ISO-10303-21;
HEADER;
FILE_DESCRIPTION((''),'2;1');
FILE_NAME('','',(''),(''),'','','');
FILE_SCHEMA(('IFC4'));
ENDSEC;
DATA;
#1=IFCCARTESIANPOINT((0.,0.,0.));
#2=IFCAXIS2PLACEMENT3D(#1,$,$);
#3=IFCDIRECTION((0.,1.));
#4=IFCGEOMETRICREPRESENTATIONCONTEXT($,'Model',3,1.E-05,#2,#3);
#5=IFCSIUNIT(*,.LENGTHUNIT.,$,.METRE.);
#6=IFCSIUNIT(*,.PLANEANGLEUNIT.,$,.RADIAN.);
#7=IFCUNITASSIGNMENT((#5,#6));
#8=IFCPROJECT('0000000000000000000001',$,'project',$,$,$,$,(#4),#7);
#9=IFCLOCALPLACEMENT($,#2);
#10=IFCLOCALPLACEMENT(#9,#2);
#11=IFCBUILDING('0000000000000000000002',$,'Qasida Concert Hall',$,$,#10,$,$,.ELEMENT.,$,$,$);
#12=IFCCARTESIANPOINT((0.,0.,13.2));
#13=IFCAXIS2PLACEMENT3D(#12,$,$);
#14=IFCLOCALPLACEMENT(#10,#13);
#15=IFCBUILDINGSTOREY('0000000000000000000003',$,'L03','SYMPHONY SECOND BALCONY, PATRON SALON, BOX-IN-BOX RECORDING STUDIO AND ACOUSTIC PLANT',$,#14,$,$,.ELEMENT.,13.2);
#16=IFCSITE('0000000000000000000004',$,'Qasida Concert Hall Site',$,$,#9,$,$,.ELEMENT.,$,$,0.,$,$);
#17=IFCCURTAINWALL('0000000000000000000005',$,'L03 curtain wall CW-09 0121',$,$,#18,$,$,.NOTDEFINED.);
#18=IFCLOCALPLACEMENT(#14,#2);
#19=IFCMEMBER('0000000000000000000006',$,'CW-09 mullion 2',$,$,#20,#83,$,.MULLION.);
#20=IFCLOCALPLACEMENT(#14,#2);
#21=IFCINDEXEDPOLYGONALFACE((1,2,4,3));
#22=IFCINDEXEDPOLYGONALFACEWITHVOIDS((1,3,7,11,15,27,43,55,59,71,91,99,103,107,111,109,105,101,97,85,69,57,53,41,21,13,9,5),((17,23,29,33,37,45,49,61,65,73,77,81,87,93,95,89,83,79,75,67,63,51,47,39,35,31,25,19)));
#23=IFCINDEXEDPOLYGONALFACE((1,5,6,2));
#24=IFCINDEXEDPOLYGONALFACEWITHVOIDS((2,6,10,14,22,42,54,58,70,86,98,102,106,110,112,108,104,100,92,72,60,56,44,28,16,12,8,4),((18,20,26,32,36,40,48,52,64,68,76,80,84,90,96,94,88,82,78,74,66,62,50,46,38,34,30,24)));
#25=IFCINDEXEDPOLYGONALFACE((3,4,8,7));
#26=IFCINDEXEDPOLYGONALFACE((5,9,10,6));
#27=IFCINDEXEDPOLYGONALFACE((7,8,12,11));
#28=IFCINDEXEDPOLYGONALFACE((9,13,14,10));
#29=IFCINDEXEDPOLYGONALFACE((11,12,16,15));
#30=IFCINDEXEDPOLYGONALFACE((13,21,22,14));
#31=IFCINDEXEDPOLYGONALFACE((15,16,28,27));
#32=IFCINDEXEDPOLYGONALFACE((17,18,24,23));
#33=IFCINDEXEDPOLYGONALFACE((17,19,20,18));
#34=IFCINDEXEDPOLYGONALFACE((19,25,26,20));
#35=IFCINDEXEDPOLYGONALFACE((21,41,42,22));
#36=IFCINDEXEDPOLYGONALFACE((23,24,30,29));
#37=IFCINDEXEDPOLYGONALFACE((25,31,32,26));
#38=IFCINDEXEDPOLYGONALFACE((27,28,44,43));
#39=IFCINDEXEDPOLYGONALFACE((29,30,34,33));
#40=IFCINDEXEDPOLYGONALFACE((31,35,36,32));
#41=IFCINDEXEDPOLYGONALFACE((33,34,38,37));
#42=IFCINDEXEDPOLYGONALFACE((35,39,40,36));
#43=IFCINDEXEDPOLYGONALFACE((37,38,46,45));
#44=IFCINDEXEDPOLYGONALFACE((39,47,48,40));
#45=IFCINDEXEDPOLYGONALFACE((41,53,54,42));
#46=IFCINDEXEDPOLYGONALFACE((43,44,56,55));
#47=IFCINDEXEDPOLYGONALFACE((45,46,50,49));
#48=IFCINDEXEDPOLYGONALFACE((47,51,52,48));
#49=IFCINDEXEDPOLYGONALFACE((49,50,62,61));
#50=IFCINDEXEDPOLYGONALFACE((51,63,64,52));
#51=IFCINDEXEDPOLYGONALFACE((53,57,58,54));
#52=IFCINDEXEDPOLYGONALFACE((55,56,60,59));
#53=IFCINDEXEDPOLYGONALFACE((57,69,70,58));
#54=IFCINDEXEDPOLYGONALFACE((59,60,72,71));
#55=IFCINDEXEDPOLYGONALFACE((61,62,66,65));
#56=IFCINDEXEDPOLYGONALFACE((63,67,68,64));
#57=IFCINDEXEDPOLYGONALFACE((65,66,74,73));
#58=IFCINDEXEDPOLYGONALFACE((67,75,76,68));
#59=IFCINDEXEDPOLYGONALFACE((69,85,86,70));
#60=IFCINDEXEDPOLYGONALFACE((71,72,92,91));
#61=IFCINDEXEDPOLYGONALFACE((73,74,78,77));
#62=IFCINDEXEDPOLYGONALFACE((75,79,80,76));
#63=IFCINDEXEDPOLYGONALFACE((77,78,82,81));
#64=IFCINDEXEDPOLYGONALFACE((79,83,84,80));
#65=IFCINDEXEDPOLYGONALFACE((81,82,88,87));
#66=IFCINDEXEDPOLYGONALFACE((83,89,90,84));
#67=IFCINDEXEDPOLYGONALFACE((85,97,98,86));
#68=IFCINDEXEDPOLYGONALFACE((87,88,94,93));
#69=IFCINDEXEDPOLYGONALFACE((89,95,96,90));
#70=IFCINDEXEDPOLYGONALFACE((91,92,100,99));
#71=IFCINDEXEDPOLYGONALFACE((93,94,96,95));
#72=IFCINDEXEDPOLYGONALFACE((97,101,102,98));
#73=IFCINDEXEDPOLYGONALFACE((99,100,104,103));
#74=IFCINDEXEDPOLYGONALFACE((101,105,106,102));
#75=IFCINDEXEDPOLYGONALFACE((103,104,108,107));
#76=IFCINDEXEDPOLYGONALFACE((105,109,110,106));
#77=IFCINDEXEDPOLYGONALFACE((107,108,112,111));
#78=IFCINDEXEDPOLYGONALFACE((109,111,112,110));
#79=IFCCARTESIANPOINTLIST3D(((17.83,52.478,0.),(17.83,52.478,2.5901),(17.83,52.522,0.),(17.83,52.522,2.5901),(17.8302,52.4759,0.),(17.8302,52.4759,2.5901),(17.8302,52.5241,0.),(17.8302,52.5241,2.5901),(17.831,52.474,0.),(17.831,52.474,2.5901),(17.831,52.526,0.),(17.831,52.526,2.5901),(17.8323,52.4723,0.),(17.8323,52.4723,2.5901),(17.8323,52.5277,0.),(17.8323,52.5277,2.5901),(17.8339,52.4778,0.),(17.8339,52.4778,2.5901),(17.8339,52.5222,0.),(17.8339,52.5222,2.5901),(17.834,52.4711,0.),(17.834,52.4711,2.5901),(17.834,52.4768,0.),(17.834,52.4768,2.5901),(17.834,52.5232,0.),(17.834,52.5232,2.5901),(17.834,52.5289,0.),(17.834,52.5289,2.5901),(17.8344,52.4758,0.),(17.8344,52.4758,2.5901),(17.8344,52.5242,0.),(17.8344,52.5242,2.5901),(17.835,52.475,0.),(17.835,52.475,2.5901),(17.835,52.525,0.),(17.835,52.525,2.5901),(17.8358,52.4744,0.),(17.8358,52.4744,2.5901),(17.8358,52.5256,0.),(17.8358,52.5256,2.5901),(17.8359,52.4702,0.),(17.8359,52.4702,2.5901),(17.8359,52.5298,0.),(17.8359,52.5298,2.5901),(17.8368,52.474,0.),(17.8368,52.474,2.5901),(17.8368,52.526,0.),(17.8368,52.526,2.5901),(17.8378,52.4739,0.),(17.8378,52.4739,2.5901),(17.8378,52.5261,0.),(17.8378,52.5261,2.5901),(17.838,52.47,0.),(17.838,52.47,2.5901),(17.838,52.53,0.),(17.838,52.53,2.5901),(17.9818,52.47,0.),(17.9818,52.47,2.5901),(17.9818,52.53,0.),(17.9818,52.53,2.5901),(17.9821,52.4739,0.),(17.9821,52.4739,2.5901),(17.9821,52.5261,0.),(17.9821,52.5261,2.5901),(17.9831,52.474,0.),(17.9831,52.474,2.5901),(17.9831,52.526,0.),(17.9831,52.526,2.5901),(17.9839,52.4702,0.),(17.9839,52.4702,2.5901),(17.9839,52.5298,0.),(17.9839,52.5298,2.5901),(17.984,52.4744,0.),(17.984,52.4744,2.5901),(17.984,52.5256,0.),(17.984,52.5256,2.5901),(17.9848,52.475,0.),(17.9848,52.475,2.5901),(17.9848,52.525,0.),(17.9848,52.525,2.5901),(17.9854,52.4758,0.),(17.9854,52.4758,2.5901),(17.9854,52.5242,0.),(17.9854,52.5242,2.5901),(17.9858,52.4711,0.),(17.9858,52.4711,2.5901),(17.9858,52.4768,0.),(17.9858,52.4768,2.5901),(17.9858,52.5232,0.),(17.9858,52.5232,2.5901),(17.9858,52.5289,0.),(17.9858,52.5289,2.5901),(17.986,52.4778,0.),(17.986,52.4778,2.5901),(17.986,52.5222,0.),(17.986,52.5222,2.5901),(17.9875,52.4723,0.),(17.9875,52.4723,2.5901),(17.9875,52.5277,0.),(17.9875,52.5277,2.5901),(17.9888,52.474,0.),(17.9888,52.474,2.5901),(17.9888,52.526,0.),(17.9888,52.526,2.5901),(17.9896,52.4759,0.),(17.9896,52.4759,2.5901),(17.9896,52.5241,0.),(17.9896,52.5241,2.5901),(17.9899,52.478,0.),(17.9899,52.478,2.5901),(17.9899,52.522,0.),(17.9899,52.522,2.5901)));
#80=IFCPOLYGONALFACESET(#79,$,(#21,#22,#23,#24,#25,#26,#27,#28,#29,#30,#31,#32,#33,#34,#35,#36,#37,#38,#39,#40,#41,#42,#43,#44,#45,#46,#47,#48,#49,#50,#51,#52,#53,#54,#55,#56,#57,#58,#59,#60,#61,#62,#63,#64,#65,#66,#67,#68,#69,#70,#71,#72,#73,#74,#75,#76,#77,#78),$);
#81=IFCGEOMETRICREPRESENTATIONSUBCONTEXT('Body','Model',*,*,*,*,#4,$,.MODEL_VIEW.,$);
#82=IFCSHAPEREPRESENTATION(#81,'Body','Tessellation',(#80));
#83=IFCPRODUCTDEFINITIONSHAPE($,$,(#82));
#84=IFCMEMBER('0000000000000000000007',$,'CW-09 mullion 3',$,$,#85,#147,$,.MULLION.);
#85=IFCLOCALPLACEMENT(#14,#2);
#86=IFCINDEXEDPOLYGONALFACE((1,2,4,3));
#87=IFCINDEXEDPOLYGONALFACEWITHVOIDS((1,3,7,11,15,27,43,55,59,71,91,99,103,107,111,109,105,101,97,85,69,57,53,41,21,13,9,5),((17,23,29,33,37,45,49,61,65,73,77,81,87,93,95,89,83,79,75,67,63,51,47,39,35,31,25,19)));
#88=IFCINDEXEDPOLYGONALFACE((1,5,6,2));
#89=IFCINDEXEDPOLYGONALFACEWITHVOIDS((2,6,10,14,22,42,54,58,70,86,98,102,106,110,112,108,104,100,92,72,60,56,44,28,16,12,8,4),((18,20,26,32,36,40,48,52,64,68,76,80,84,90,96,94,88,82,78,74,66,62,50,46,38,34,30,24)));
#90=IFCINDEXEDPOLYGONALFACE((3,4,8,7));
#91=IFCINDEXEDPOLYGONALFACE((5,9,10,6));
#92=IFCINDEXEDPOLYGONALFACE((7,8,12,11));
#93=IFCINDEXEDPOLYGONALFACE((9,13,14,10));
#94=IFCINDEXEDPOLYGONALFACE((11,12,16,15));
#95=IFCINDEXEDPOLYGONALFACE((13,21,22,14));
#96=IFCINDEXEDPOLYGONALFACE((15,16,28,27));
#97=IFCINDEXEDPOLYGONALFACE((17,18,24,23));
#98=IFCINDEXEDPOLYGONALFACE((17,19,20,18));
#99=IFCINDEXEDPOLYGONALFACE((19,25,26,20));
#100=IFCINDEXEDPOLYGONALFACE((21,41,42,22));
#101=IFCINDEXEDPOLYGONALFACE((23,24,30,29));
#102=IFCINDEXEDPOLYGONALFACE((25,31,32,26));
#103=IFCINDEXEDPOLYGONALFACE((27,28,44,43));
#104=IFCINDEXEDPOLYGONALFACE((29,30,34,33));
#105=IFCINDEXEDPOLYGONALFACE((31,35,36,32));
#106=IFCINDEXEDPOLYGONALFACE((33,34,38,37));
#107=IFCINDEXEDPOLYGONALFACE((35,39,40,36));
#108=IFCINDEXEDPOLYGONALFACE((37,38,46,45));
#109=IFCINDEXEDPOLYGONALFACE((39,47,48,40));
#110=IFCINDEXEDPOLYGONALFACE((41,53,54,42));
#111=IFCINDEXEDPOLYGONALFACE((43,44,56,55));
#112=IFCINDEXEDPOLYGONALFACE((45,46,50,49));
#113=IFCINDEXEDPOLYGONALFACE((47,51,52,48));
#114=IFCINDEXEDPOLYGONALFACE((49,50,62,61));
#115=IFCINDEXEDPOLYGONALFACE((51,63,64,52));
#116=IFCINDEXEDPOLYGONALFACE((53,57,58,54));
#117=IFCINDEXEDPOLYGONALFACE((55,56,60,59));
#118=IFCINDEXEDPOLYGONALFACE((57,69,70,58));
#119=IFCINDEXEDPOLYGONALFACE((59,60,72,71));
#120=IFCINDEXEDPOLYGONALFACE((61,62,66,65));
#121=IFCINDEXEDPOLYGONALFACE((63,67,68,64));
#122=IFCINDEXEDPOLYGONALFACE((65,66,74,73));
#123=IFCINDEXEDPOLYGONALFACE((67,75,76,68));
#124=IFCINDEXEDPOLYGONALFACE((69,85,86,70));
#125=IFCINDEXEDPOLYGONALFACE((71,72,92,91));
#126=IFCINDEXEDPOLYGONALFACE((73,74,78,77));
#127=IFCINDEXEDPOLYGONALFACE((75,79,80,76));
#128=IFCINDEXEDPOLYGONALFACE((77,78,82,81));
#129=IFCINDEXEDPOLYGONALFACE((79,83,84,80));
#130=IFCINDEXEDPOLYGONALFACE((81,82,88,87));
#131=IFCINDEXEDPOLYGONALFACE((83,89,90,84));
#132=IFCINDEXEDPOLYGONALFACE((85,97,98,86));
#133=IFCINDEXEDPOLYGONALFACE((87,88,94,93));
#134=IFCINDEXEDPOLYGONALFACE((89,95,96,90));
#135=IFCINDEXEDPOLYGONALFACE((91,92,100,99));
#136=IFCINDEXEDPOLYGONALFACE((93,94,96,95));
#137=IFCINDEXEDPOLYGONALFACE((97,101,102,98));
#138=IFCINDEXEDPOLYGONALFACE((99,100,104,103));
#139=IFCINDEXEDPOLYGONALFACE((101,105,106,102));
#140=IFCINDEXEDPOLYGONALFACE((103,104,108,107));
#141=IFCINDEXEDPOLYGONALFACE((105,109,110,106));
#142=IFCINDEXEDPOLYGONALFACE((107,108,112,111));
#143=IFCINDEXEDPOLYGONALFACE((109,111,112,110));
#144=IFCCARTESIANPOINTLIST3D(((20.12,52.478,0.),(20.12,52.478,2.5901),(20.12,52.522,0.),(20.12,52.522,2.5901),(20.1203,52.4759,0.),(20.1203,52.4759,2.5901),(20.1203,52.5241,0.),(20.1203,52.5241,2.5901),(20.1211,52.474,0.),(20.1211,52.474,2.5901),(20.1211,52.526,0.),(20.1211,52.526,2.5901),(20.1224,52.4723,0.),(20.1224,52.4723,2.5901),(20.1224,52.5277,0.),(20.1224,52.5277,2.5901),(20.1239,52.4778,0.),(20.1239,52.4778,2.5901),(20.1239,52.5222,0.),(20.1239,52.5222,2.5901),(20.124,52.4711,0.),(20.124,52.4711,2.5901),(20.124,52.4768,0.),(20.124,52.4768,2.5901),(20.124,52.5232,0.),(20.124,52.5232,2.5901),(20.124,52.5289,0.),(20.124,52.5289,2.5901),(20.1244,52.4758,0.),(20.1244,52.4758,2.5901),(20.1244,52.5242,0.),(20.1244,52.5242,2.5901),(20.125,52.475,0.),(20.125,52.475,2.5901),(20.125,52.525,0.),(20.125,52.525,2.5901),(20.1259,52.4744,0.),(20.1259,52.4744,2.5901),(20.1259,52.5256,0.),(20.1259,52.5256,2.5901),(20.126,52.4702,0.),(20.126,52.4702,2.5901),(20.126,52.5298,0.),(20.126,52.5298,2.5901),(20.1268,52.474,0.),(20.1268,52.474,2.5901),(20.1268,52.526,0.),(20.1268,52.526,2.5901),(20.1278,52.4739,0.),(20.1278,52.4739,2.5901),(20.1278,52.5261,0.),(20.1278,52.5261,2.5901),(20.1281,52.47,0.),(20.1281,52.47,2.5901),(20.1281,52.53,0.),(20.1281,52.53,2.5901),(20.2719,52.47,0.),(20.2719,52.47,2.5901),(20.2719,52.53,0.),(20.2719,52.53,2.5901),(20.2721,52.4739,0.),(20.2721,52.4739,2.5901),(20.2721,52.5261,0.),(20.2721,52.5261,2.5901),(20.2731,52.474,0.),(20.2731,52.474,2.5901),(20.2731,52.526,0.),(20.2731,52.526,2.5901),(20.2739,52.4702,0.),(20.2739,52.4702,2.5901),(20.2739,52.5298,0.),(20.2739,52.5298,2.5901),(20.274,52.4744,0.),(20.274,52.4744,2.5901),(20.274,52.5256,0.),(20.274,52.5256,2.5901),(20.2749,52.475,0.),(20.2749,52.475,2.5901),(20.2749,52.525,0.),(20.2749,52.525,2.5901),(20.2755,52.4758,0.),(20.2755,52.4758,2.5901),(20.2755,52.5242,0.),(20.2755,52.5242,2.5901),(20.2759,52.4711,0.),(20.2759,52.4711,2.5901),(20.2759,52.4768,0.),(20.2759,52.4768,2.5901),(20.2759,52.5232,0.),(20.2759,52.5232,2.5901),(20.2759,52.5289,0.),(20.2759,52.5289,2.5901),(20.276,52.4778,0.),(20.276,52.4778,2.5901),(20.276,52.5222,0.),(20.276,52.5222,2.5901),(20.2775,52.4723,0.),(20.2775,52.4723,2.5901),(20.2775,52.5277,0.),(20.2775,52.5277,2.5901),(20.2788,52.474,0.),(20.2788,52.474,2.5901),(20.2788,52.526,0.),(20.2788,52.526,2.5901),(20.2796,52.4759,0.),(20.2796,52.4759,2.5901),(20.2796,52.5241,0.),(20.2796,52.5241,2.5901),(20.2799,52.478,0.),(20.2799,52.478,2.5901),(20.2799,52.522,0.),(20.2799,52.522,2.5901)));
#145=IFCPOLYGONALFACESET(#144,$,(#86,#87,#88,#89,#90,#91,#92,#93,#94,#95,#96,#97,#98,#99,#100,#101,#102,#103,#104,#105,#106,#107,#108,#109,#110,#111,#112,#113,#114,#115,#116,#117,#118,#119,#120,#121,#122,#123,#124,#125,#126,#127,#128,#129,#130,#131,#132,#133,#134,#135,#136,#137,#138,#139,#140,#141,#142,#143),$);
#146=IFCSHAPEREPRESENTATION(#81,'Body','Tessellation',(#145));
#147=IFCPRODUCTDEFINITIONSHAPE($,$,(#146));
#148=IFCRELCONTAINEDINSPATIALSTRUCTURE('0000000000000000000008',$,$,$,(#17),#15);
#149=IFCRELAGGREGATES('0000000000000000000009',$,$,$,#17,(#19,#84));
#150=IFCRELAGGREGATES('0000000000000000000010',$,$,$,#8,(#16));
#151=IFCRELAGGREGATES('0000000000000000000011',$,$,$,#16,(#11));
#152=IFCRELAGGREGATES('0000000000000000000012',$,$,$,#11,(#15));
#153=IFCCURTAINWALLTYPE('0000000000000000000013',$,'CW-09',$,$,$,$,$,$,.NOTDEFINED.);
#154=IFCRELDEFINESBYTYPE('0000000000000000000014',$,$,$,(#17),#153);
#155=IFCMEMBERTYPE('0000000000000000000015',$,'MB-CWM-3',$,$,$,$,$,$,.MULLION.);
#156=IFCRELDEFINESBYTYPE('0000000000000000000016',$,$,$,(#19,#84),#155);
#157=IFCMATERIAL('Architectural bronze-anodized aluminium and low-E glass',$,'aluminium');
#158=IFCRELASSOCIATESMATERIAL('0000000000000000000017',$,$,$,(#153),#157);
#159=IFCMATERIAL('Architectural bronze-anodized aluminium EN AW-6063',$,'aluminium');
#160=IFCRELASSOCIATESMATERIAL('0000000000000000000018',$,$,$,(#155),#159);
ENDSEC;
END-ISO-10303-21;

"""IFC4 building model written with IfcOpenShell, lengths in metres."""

from ifc_helpers import new_model, si_unit, direction, frame, origin, origin_2d, place, context, subcontext, project, spatial, hollow_rectangle, extrude, material, material_profile, profile_set, type_object, element, aggregate, save


model = new_model("IFC4")

# Units and contexts
model_context = context("Model", 3, precision=1e-05, world=origin(), true_north=direction((0.0, 1.0)))
body_context = subcontext(model_context, "Body", "Model", "MODEL_VIEW")
ifc_project = project(units=[si_unit("LENGTHUNIT", "METRE"), si_unit("PLANEANGLEUNIT", "RADIAN")], contexts=[model_context])

# Site, building, storey
site_placement = place(None, origin())
site = spatial("IfcSite", under=ifc_project, at=site_placement, Name="Qasida Concert Hall Site", CompositionType="ELEMENT", RefElevation=0.0)
building_placement = place(site_placement, origin())
building = spatial("IfcBuilding", under=site, at=building_placement, Name="Qasida Concert Hall", CompositionType="ELEMENT")
storey_placement = place(building_placement, frame((0.0, 0.0, 13.2)))
storey = spatial("IfcBuildingStorey", under=building, at=storey_placement, Name="L03", Description="SYMPHONY SECOND BALCONY, PATRON SALON, BOX-IN-BOX RECORDING STUDIO AND ACOUSTIC PLANT", CompositionType="ELEMENT", Elevation=13.2)

# Shared definitions
ifc_material_1 = material(Name="Architectural bronze-anodized aluminium and low-E glass", Category="aluminium")
curtain_wall_type = type_object("IfcCurtainWallType", Name="CW-09", PredefinedType="NOTDEFINED", material=ifc_material_1)
ifc_material_2 = material(Name="Architectural bronze-anodized aluminium EN AW-6063", Category="aluminium")
ifc_material_profile_1 = material_profile(ifc_material_2, hollow_rectangle(XDim=0.0601, YDim=0.1599, WallThickness=0.0039, InnerFilletRadius=0.0039, OuterFilletRadius=0.0081, at=origin_2d()), Name="CWM 160x60x4")
ifc_profile_set_1 = profile_set([ifc_material_profile_1], Name="Architectural bronze-anodized aluminium EN AW-6063")
member_type_1 = type_object("IfcMemberType", Name="MB-CWM-3", PredefinedType="MULLION", material=ifc_profile_set_1)

# Curtain wall, members
curtain_wall_1_placement = place(storey_placement, origin())
curtain_wall_1 = element("IfcCurtainWall", 1, at=curtain_wall_1_placement, inside=storey, type_object=curtain_wall_type, Name="L03 curtain wall CW-09 0121", PredefinedType="NOTDEFINED")
member_1_placement = place(storey_placement, frame((17.9099, 52.5, 0.0), z_axis=(0.0, 0.0, 1.0), x_axis=(0.0, 1.0, 0.0)))
member_1 = element("IfcMember", 2, at=member_1_placement, type_object=member_type_1, Name="CW-09 mullion 2", PredefinedType="MULLION", context=body_context, shape_type="SweptSolid", body=[
    extrude(hollow_rectangle(XDim=0.0601, YDim=0.1599, WallThickness=0.0039, InnerFilletRadius=0.0039, OuterFilletRadius=0.0081, at=origin_2d()), origin(), (0.0, 0.0, 1.0), 2.5901),
])
member_2_placement = place(storey_placement, frame((20.2, 52.5, 0.0), z_axis=(0.0, 0.0, 1.0), x_axis=(0.0, 1.0, 0.0)))
member_2 = element("IfcMember", 3, at=member_2_placement, type_object=member_type_1, Name="CW-09 mullion 3", PredefinedType="MULLION", context=body_context, shape_type="SweptSolid", body=[
    extrude(hollow_rectangle(XDim=0.0601, YDim=0.1599, WallThickness=0.0039, InnerFilletRadius=0.0039, OuterFilletRadius=0.0081, at=origin_2d()), origin(), (0.0, 0.0, 1.0), 2.5901),
])

aggregate(curtain_wall_1, [member_1, member_2])

save(model, "model.ifc")
